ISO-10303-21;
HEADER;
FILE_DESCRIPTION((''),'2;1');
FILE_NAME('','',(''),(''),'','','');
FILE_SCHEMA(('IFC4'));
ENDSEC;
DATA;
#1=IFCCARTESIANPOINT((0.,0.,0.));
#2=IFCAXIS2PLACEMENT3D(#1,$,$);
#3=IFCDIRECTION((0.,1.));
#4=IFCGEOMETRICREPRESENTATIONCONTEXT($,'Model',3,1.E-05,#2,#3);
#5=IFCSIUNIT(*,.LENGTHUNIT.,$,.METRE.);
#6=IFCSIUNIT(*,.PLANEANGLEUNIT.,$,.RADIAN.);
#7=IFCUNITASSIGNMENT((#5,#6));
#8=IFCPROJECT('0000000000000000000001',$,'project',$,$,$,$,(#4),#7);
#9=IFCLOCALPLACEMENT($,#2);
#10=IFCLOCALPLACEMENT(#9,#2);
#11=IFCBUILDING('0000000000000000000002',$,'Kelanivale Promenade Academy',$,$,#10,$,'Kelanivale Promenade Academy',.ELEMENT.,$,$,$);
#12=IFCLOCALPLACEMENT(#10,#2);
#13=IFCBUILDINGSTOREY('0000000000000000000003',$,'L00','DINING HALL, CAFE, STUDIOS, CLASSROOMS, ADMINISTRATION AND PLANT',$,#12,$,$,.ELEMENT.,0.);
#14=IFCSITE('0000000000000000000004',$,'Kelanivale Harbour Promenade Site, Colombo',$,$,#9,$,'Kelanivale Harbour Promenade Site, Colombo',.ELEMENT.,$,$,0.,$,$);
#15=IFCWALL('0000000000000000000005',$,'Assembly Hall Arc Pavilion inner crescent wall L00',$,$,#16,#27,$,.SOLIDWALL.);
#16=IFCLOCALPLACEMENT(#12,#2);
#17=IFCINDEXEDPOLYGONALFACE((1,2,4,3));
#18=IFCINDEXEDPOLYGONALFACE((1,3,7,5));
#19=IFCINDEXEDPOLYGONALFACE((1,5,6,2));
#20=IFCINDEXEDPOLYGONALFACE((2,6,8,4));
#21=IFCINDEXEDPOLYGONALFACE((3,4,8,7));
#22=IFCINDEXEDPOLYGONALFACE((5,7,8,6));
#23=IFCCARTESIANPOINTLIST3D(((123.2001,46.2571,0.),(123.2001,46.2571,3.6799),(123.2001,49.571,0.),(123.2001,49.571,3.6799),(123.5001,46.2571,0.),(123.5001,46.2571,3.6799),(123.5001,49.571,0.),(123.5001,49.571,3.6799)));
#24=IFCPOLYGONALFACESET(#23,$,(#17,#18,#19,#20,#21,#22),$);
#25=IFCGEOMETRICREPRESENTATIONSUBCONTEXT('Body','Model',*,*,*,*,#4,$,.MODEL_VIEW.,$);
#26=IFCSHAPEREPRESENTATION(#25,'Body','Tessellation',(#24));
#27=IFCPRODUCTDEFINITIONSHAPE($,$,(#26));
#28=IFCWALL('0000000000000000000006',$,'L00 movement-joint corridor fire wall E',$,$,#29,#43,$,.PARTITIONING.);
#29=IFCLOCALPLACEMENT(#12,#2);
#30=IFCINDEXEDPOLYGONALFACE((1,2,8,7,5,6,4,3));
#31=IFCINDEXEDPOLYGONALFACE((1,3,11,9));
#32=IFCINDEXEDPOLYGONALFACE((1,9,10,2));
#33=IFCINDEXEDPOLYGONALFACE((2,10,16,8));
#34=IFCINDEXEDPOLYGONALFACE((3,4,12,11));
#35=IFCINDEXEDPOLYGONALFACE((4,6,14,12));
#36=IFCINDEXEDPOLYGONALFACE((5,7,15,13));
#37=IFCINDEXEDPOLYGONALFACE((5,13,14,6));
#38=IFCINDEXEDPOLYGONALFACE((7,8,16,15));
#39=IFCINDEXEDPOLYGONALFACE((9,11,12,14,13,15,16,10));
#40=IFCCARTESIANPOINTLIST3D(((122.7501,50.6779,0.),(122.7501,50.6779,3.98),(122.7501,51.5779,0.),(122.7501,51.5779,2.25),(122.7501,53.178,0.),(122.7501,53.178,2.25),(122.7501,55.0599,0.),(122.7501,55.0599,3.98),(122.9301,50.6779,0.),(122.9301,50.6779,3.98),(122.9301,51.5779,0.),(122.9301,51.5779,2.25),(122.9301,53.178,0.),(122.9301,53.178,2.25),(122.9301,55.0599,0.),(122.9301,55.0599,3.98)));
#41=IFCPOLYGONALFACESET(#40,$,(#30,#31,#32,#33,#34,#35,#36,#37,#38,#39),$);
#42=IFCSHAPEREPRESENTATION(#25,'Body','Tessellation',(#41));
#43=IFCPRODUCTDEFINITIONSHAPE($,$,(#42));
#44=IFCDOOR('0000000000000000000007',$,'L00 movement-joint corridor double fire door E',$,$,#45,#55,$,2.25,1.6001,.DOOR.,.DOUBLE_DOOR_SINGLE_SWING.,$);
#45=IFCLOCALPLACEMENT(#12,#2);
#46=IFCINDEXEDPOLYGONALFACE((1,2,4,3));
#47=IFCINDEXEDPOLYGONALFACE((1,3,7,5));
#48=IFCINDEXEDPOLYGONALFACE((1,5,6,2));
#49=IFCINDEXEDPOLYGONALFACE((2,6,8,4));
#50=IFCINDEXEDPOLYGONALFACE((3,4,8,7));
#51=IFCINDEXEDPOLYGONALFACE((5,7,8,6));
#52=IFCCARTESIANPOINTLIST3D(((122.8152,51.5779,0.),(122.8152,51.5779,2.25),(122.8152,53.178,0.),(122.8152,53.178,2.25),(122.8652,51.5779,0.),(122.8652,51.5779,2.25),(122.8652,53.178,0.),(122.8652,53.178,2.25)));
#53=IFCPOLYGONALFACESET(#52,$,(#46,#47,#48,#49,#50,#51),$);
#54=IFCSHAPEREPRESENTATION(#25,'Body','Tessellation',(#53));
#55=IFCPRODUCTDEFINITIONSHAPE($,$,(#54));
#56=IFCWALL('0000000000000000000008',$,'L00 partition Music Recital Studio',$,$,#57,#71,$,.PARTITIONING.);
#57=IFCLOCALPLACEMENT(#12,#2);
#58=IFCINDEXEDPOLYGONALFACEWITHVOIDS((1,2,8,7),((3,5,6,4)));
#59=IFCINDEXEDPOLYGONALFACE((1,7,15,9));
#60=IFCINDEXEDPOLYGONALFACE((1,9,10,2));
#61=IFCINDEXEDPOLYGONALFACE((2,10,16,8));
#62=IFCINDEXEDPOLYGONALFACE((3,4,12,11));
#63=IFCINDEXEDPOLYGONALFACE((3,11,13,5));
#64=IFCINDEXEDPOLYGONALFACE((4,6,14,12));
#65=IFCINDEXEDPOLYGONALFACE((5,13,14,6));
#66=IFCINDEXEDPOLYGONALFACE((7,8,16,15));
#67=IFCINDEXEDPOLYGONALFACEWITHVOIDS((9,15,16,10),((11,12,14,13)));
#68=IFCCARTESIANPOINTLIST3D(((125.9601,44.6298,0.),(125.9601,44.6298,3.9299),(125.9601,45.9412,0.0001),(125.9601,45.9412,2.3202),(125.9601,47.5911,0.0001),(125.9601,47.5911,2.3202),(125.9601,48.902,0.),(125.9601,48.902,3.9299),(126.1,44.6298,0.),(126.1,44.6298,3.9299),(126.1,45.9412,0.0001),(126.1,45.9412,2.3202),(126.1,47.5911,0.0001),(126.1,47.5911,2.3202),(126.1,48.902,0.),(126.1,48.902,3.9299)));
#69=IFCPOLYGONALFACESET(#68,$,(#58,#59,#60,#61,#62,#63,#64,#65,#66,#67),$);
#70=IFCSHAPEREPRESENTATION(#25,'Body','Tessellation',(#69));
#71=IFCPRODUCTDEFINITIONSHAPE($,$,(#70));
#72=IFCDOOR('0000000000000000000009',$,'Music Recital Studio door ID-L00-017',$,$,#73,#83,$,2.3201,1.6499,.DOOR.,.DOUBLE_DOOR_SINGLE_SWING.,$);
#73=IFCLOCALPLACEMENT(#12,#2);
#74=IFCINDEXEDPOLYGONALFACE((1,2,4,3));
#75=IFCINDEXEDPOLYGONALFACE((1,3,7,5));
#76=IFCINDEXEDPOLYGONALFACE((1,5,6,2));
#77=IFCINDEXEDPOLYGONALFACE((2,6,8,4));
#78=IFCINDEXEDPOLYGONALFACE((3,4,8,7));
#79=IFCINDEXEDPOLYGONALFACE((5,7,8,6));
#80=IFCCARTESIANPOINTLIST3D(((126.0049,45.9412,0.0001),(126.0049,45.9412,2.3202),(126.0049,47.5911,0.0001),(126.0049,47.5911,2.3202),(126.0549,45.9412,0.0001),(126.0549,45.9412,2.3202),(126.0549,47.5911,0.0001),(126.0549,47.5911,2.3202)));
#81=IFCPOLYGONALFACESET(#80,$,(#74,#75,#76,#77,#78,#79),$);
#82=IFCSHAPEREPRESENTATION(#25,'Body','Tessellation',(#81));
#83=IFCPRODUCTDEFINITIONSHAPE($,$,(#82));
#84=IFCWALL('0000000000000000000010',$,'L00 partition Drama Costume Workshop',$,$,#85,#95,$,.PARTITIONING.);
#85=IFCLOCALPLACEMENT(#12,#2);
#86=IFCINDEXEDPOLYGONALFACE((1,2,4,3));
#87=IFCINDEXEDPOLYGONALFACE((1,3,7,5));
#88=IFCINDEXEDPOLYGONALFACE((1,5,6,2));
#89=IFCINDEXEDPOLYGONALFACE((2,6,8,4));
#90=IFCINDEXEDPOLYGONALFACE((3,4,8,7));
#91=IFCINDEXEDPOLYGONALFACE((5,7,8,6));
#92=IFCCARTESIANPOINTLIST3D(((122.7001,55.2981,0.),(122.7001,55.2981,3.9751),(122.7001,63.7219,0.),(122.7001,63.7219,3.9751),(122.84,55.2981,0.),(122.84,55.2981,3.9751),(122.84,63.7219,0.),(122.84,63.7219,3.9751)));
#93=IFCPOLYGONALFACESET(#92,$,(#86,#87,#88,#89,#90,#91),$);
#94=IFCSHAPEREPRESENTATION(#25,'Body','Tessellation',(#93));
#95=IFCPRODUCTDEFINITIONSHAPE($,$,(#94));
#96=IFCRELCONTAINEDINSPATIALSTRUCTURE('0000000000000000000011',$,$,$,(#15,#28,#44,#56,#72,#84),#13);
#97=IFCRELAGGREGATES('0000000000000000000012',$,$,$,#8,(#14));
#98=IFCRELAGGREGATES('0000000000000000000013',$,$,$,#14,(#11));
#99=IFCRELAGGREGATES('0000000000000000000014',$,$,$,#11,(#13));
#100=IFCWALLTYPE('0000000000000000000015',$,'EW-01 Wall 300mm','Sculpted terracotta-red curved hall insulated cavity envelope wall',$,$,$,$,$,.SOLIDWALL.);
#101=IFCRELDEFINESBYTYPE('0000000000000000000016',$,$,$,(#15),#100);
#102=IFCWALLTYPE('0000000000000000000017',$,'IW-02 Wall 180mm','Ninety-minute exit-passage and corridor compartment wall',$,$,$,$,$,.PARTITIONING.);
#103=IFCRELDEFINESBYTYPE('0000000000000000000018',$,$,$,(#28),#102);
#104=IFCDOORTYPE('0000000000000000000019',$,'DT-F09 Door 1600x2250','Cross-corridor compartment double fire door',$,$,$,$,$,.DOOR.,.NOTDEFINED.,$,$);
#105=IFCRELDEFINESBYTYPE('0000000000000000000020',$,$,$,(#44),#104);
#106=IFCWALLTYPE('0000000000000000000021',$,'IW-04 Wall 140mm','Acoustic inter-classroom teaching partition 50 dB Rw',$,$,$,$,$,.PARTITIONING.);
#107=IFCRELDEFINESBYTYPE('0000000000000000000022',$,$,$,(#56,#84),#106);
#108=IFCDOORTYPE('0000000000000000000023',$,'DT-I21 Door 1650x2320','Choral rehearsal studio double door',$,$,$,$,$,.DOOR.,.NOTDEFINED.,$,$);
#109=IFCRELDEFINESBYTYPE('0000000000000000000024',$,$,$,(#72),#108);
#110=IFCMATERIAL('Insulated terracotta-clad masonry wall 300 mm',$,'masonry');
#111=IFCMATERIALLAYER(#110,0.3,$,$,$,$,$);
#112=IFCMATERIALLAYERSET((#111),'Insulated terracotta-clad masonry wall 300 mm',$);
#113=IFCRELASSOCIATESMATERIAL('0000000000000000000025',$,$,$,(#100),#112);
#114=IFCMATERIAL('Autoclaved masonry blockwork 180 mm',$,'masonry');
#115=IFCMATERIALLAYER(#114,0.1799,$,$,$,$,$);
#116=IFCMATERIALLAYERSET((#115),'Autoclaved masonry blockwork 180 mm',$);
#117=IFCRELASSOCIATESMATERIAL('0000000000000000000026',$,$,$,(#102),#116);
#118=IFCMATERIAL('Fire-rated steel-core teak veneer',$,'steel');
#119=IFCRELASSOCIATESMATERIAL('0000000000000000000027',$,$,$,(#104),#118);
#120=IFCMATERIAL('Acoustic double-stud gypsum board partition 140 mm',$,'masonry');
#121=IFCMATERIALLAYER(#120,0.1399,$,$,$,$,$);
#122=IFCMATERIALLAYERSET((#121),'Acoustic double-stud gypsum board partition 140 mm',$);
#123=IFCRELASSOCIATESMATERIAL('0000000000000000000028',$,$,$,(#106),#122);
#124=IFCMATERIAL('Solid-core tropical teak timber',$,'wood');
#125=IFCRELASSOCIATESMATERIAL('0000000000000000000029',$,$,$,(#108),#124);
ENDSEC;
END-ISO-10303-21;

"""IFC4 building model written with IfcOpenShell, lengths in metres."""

from ifc_helpers import new_model, si_unit, direction, frame, frame_2d, origin, place, context, subcontext, project, spatial, rectangle, extrude, material, layer, layer_set, type_object, element, fill, save


model = new_model("IFC4")

# Units and contexts
model_context = context("Model", 3, precision=1e-05, world=origin(), true_north=direction((0.0, 1.0)))
body_context = subcontext(model_context, "Body", "Model", "MODEL_VIEW")
ifc_project = project(units=[si_unit("LENGTHUNIT", "METRE"), si_unit("PLANEANGLEUNIT", "RADIAN")], contexts=[model_context])

# Site, building, storey
site_placement = place(None, origin())
site = spatial("IfcSite", under=ifc_project, at=site_placement, Name="Kelanivale Harbour Promenade Site, Colombo", LongName="Kelanivale Harbour Promenade Site, Colombo", CompositionType="ELEMENT", RefElevation=0.0)
building_placement = place(site_placement, origin())
building = spatial("IfcBuilding", under=site, at=building_placement, Name="Kelanivale Promenade Academy", LongName="Kelanivale Promenade Academy", CompositionType="ELEMENT")
storey_placement = place(building_placement, origin())
storey = spatial("IfcBuildingStorey", under=building, at=storey_placement, Name="L00", Description="DINING HALL, CAFE, STUDIOS, CLASSROOMS, ADMINISTRATION AND PLANT", CompositionType="ELEMENT", Elevation=0.0)

# Wall
ifc_material_1 = material(Name="Insulated terracotta-clad masonry wall 300 mm", Category="masonry")
ifc_layer_1 = layer(ifc_material_1, 0.3)
ifc_layer_set_1 = layer_set([ifc_layer_1], Name="Insulated terracotta-clad masonry wall 300 mm")
wall_type_1 = type_object("IfcWallType", Name="EW-01 Wall 300mm", Description="Sculpted terracotta-red curved hall insulated cavity envelope wall", PredefinedType="SOLIDWALL", material=ifc_layer_set_1)
wall_1_placement = place(storey_placement, frame((123.3501, 49.571, 0.0), z_axis=(0.0, 0.0, 1.0), x_axis=(0.0, -1.0, 0.0)))
element("IfcWall", 1, at=wall_1_placement, inside=storey, type_object=wall_type_1, Name="Assembly Hall Arc Pavilion inner crescent wall L00", PredefinedType="SOLIDWALL", context=body_context, shape_type="SweptSolid", body=[
    extrude(rectangle(XDim=3.314, YDim=0.3, at=frame_2d((1.657, 0.0))), origin(), (0.0, 0.0, 1.0), 3.6799),
])

# Walls, openings, doors
ifc_material_2 = material(Name="Autoclaved masonry blockwork 180 mm", Category="masonry")
ifc_layer_2 = layer(ifc_material_2, 0.1799)
ifc_layer_set_2 = layer_set([ifc_layer_2], Name="Autoclaved masonry blockwork 180 mm")
wall_type_2 = type_object("IfcWallType", Name="IW-02 Wall 180mm", Description="Ninety-minute exit-passage and corridor compartment wall", PredefinedType="PARTITIONING", material=ifc_layer_set_2)
wall_2_placement = place(storey_placement, frame((122.8401, 50.678, 0.0), z_axis=(0.0, 0.0, 1.0), x_axis=(0.0, 1.0, 0.0)))
wall_2 = element("IfcWall", 2, at=wall_2_placement, inside=storey, type_object=wall_type_2, Name="L00 movement-joint corridor fire wall E", PredefinedType="PARTITIONING", context=body_context, shape_type="SweptSolid", body=[
    extrude(rectangle(XDim=4.3821, YDim=0.1799, at=frame_2d((2.1909, 0.0))), origin(), (0.0, 0.0, 1.0), 3.98),
])
opening_1_placement = place(wall_2_placement, frame((0.8999, 0.0, 0.0)))
opening_1 = element("IfcOpeningElement", 3, at=opening_1_placement, cuts=wall_2, PredefinedType="OPENING", context=body_context, shape_type="SweptSolid", body=[
    extrude(rectangle(XDim=1.6001, YDim=2.25, at=frame_2d((0.8, 1.125))), frame((0.0, 0.1001, 0.0), z_axis=(0.0, -1.0, 0.0), x_axis=(1.0, 0.0, 0.0)), (0.0, 0.0, 1.0), 0.2),
])
ifc_material_3 = material(Name="Fire-rated steel-core teak veneer", Category="steel")
door_type_1 = type_object("IfcDoorType", Name="DT-F09 Door 1600x2250", Description="Cross-corridor compartment double fire door", OperationType="NOTDEFINED", PredefinedType="DOOR", material=ifc_material_3)
door_1_placement = place(opening_1_placement, origin())
door_1 = element("IfcDoor", 4, at=door_1_placement, inside=storey, type_object=door_type_1, Name="L00 movement-joint corridor double fire door E", OperationType="DOUBLE_DOOR_SINGLE_SWING", OverallHeight=2.25, OverallWidth=1.6001, PredefinedType="DOOR", context=body_context, shape_type="SweptSolid", body=[
    extrude(rectangle(XDim=1.6001, YDim=2.25, at=frame_2d((0.8, 1.125))), frame((0.0, 0.0249, 0.0), z_axis=(0.0, -1.0, 0.0), x_axis=(1.0, 0.0, 0.0)), (0.0, 0.0, 1.0), 0.05),
])
fill(opening_1, door_1)
ifc_material_4 = material(Name="Acoustic double-stud gypsum board partition 140 mm", Category="masonry")
ifc_layer_3 = layer(ifc_material_4, 0.1399)
ifc_layer_set_3 = layer_set([ifc_layer_3], Name="Acoustic double-stud gypsum board partition 140 mm")
wall_type_3 = type_object("IfcWallType", Name="IW-04 Wall 140mm", Description="Acoustic inter-classroom teaching partition 50 dB Rw", PredefinedType="PARTITIONING", material=ifc_layer_set_3)
wall_3_placement = place(storey_placement, frame((126.03, 48.9021, 0.0), z_axis=(0.0, 0.0, 1.0), x_axis=(0.0, -1.0, 0.0)))
wall_3 = element("IfcWall", 5, at=wall_3_placement, inside=storey, type_object=wall_type_3, Name="L00 partition Music Recital Studio", PredefinedType="PARTITIONING", context=body_context, shape_type="SweptSolid", body=[
    extrude(rectangle(XDim=4.2722, YDim=0.1399, at=frame_2d((2.1362, 0.0))), origin(), (0.0, 0.0, 1.0), 3.9299),
])
opening_2_placement = place(wall_3_placement, frame((1.311, 0.0, 0.0)))
opening_2 = element("IfcOpeningElement", 6, at=opening_2_placement, cuts=wall_3, PredefinedType="OPENING", context=body_context, shape_type="SweptSolid", body=[
    extrude(rectangle(XDim=1.6499, YDim=2.3201, at=frame_2d((0.825, 1.1602))), frame((0.0, 0.0801, 0.0), z_axis=(0.0, -1.0, 0.0), x_axis=(1.0, 0.0, 0.0)), (0.0, 0.0, 1.0), 0.1599),
])
ifc_material_5 = material(Name="Solid-core tropical teak timber", Category="wood")
door_type_2 = type_object("IfcDoorType", Name="DT-I21 Door 1650x2320", Description="Choral rehearsal studio double door", OperationType="NOTDEFINED", PredefinedType="DOOR", material=ifc_material_5)
door_2_placement = place(opening_2_placement, origin())
door_2 = element("IfcDoor", 7, at=door_2_placement, inside=storey, type_object=door_type_2, Name="Music Recital Studio door ID-L00-017", OperationType="DOUBLE_DOOR_SINGLE_SWING", OverallHeight=2.3201, OverallWidth=1.6499, PredefinedType="DOOR", context=body_context, shape_type="SweptSolid", body=[
    extrude(rectangle(XDim=1.6499, YDim=2.3201, at=frame_2d((0.825, 1.1602))), frame((0.0, 0.0249, 0.0), z_axis=(0.0, -1.0, 0.0), x_axis=(1.0, 0.0, 0.0)), (0.0, 0.0, 1.0), 0.05),
])
fill(opening_2, door_2)

# Wall
wall_4_placement = place(storey_placement, frame((122.77, 55.2981, 0.0), z_axis=(0.0, 0.0, 1.0), x_axis=(0.0, 1.0, 0.0)))
element("IfcWall", 8, at=wall_4_placement, inside=storey, type_object=wall_type_3, Name="L00 partition Drama Costume Workshop", PredefinedType="PARTITIONING", context=body_context, shape_type="SweptSolid", body=[
    extrude(rectangle(XDim=8.4238, YDim=0.1399, at=frame_2d((4.2119, 0.0))), origin(), (0.0, 0.0, 1.0), 3.9751),
])

save(model, "model.ifc")
